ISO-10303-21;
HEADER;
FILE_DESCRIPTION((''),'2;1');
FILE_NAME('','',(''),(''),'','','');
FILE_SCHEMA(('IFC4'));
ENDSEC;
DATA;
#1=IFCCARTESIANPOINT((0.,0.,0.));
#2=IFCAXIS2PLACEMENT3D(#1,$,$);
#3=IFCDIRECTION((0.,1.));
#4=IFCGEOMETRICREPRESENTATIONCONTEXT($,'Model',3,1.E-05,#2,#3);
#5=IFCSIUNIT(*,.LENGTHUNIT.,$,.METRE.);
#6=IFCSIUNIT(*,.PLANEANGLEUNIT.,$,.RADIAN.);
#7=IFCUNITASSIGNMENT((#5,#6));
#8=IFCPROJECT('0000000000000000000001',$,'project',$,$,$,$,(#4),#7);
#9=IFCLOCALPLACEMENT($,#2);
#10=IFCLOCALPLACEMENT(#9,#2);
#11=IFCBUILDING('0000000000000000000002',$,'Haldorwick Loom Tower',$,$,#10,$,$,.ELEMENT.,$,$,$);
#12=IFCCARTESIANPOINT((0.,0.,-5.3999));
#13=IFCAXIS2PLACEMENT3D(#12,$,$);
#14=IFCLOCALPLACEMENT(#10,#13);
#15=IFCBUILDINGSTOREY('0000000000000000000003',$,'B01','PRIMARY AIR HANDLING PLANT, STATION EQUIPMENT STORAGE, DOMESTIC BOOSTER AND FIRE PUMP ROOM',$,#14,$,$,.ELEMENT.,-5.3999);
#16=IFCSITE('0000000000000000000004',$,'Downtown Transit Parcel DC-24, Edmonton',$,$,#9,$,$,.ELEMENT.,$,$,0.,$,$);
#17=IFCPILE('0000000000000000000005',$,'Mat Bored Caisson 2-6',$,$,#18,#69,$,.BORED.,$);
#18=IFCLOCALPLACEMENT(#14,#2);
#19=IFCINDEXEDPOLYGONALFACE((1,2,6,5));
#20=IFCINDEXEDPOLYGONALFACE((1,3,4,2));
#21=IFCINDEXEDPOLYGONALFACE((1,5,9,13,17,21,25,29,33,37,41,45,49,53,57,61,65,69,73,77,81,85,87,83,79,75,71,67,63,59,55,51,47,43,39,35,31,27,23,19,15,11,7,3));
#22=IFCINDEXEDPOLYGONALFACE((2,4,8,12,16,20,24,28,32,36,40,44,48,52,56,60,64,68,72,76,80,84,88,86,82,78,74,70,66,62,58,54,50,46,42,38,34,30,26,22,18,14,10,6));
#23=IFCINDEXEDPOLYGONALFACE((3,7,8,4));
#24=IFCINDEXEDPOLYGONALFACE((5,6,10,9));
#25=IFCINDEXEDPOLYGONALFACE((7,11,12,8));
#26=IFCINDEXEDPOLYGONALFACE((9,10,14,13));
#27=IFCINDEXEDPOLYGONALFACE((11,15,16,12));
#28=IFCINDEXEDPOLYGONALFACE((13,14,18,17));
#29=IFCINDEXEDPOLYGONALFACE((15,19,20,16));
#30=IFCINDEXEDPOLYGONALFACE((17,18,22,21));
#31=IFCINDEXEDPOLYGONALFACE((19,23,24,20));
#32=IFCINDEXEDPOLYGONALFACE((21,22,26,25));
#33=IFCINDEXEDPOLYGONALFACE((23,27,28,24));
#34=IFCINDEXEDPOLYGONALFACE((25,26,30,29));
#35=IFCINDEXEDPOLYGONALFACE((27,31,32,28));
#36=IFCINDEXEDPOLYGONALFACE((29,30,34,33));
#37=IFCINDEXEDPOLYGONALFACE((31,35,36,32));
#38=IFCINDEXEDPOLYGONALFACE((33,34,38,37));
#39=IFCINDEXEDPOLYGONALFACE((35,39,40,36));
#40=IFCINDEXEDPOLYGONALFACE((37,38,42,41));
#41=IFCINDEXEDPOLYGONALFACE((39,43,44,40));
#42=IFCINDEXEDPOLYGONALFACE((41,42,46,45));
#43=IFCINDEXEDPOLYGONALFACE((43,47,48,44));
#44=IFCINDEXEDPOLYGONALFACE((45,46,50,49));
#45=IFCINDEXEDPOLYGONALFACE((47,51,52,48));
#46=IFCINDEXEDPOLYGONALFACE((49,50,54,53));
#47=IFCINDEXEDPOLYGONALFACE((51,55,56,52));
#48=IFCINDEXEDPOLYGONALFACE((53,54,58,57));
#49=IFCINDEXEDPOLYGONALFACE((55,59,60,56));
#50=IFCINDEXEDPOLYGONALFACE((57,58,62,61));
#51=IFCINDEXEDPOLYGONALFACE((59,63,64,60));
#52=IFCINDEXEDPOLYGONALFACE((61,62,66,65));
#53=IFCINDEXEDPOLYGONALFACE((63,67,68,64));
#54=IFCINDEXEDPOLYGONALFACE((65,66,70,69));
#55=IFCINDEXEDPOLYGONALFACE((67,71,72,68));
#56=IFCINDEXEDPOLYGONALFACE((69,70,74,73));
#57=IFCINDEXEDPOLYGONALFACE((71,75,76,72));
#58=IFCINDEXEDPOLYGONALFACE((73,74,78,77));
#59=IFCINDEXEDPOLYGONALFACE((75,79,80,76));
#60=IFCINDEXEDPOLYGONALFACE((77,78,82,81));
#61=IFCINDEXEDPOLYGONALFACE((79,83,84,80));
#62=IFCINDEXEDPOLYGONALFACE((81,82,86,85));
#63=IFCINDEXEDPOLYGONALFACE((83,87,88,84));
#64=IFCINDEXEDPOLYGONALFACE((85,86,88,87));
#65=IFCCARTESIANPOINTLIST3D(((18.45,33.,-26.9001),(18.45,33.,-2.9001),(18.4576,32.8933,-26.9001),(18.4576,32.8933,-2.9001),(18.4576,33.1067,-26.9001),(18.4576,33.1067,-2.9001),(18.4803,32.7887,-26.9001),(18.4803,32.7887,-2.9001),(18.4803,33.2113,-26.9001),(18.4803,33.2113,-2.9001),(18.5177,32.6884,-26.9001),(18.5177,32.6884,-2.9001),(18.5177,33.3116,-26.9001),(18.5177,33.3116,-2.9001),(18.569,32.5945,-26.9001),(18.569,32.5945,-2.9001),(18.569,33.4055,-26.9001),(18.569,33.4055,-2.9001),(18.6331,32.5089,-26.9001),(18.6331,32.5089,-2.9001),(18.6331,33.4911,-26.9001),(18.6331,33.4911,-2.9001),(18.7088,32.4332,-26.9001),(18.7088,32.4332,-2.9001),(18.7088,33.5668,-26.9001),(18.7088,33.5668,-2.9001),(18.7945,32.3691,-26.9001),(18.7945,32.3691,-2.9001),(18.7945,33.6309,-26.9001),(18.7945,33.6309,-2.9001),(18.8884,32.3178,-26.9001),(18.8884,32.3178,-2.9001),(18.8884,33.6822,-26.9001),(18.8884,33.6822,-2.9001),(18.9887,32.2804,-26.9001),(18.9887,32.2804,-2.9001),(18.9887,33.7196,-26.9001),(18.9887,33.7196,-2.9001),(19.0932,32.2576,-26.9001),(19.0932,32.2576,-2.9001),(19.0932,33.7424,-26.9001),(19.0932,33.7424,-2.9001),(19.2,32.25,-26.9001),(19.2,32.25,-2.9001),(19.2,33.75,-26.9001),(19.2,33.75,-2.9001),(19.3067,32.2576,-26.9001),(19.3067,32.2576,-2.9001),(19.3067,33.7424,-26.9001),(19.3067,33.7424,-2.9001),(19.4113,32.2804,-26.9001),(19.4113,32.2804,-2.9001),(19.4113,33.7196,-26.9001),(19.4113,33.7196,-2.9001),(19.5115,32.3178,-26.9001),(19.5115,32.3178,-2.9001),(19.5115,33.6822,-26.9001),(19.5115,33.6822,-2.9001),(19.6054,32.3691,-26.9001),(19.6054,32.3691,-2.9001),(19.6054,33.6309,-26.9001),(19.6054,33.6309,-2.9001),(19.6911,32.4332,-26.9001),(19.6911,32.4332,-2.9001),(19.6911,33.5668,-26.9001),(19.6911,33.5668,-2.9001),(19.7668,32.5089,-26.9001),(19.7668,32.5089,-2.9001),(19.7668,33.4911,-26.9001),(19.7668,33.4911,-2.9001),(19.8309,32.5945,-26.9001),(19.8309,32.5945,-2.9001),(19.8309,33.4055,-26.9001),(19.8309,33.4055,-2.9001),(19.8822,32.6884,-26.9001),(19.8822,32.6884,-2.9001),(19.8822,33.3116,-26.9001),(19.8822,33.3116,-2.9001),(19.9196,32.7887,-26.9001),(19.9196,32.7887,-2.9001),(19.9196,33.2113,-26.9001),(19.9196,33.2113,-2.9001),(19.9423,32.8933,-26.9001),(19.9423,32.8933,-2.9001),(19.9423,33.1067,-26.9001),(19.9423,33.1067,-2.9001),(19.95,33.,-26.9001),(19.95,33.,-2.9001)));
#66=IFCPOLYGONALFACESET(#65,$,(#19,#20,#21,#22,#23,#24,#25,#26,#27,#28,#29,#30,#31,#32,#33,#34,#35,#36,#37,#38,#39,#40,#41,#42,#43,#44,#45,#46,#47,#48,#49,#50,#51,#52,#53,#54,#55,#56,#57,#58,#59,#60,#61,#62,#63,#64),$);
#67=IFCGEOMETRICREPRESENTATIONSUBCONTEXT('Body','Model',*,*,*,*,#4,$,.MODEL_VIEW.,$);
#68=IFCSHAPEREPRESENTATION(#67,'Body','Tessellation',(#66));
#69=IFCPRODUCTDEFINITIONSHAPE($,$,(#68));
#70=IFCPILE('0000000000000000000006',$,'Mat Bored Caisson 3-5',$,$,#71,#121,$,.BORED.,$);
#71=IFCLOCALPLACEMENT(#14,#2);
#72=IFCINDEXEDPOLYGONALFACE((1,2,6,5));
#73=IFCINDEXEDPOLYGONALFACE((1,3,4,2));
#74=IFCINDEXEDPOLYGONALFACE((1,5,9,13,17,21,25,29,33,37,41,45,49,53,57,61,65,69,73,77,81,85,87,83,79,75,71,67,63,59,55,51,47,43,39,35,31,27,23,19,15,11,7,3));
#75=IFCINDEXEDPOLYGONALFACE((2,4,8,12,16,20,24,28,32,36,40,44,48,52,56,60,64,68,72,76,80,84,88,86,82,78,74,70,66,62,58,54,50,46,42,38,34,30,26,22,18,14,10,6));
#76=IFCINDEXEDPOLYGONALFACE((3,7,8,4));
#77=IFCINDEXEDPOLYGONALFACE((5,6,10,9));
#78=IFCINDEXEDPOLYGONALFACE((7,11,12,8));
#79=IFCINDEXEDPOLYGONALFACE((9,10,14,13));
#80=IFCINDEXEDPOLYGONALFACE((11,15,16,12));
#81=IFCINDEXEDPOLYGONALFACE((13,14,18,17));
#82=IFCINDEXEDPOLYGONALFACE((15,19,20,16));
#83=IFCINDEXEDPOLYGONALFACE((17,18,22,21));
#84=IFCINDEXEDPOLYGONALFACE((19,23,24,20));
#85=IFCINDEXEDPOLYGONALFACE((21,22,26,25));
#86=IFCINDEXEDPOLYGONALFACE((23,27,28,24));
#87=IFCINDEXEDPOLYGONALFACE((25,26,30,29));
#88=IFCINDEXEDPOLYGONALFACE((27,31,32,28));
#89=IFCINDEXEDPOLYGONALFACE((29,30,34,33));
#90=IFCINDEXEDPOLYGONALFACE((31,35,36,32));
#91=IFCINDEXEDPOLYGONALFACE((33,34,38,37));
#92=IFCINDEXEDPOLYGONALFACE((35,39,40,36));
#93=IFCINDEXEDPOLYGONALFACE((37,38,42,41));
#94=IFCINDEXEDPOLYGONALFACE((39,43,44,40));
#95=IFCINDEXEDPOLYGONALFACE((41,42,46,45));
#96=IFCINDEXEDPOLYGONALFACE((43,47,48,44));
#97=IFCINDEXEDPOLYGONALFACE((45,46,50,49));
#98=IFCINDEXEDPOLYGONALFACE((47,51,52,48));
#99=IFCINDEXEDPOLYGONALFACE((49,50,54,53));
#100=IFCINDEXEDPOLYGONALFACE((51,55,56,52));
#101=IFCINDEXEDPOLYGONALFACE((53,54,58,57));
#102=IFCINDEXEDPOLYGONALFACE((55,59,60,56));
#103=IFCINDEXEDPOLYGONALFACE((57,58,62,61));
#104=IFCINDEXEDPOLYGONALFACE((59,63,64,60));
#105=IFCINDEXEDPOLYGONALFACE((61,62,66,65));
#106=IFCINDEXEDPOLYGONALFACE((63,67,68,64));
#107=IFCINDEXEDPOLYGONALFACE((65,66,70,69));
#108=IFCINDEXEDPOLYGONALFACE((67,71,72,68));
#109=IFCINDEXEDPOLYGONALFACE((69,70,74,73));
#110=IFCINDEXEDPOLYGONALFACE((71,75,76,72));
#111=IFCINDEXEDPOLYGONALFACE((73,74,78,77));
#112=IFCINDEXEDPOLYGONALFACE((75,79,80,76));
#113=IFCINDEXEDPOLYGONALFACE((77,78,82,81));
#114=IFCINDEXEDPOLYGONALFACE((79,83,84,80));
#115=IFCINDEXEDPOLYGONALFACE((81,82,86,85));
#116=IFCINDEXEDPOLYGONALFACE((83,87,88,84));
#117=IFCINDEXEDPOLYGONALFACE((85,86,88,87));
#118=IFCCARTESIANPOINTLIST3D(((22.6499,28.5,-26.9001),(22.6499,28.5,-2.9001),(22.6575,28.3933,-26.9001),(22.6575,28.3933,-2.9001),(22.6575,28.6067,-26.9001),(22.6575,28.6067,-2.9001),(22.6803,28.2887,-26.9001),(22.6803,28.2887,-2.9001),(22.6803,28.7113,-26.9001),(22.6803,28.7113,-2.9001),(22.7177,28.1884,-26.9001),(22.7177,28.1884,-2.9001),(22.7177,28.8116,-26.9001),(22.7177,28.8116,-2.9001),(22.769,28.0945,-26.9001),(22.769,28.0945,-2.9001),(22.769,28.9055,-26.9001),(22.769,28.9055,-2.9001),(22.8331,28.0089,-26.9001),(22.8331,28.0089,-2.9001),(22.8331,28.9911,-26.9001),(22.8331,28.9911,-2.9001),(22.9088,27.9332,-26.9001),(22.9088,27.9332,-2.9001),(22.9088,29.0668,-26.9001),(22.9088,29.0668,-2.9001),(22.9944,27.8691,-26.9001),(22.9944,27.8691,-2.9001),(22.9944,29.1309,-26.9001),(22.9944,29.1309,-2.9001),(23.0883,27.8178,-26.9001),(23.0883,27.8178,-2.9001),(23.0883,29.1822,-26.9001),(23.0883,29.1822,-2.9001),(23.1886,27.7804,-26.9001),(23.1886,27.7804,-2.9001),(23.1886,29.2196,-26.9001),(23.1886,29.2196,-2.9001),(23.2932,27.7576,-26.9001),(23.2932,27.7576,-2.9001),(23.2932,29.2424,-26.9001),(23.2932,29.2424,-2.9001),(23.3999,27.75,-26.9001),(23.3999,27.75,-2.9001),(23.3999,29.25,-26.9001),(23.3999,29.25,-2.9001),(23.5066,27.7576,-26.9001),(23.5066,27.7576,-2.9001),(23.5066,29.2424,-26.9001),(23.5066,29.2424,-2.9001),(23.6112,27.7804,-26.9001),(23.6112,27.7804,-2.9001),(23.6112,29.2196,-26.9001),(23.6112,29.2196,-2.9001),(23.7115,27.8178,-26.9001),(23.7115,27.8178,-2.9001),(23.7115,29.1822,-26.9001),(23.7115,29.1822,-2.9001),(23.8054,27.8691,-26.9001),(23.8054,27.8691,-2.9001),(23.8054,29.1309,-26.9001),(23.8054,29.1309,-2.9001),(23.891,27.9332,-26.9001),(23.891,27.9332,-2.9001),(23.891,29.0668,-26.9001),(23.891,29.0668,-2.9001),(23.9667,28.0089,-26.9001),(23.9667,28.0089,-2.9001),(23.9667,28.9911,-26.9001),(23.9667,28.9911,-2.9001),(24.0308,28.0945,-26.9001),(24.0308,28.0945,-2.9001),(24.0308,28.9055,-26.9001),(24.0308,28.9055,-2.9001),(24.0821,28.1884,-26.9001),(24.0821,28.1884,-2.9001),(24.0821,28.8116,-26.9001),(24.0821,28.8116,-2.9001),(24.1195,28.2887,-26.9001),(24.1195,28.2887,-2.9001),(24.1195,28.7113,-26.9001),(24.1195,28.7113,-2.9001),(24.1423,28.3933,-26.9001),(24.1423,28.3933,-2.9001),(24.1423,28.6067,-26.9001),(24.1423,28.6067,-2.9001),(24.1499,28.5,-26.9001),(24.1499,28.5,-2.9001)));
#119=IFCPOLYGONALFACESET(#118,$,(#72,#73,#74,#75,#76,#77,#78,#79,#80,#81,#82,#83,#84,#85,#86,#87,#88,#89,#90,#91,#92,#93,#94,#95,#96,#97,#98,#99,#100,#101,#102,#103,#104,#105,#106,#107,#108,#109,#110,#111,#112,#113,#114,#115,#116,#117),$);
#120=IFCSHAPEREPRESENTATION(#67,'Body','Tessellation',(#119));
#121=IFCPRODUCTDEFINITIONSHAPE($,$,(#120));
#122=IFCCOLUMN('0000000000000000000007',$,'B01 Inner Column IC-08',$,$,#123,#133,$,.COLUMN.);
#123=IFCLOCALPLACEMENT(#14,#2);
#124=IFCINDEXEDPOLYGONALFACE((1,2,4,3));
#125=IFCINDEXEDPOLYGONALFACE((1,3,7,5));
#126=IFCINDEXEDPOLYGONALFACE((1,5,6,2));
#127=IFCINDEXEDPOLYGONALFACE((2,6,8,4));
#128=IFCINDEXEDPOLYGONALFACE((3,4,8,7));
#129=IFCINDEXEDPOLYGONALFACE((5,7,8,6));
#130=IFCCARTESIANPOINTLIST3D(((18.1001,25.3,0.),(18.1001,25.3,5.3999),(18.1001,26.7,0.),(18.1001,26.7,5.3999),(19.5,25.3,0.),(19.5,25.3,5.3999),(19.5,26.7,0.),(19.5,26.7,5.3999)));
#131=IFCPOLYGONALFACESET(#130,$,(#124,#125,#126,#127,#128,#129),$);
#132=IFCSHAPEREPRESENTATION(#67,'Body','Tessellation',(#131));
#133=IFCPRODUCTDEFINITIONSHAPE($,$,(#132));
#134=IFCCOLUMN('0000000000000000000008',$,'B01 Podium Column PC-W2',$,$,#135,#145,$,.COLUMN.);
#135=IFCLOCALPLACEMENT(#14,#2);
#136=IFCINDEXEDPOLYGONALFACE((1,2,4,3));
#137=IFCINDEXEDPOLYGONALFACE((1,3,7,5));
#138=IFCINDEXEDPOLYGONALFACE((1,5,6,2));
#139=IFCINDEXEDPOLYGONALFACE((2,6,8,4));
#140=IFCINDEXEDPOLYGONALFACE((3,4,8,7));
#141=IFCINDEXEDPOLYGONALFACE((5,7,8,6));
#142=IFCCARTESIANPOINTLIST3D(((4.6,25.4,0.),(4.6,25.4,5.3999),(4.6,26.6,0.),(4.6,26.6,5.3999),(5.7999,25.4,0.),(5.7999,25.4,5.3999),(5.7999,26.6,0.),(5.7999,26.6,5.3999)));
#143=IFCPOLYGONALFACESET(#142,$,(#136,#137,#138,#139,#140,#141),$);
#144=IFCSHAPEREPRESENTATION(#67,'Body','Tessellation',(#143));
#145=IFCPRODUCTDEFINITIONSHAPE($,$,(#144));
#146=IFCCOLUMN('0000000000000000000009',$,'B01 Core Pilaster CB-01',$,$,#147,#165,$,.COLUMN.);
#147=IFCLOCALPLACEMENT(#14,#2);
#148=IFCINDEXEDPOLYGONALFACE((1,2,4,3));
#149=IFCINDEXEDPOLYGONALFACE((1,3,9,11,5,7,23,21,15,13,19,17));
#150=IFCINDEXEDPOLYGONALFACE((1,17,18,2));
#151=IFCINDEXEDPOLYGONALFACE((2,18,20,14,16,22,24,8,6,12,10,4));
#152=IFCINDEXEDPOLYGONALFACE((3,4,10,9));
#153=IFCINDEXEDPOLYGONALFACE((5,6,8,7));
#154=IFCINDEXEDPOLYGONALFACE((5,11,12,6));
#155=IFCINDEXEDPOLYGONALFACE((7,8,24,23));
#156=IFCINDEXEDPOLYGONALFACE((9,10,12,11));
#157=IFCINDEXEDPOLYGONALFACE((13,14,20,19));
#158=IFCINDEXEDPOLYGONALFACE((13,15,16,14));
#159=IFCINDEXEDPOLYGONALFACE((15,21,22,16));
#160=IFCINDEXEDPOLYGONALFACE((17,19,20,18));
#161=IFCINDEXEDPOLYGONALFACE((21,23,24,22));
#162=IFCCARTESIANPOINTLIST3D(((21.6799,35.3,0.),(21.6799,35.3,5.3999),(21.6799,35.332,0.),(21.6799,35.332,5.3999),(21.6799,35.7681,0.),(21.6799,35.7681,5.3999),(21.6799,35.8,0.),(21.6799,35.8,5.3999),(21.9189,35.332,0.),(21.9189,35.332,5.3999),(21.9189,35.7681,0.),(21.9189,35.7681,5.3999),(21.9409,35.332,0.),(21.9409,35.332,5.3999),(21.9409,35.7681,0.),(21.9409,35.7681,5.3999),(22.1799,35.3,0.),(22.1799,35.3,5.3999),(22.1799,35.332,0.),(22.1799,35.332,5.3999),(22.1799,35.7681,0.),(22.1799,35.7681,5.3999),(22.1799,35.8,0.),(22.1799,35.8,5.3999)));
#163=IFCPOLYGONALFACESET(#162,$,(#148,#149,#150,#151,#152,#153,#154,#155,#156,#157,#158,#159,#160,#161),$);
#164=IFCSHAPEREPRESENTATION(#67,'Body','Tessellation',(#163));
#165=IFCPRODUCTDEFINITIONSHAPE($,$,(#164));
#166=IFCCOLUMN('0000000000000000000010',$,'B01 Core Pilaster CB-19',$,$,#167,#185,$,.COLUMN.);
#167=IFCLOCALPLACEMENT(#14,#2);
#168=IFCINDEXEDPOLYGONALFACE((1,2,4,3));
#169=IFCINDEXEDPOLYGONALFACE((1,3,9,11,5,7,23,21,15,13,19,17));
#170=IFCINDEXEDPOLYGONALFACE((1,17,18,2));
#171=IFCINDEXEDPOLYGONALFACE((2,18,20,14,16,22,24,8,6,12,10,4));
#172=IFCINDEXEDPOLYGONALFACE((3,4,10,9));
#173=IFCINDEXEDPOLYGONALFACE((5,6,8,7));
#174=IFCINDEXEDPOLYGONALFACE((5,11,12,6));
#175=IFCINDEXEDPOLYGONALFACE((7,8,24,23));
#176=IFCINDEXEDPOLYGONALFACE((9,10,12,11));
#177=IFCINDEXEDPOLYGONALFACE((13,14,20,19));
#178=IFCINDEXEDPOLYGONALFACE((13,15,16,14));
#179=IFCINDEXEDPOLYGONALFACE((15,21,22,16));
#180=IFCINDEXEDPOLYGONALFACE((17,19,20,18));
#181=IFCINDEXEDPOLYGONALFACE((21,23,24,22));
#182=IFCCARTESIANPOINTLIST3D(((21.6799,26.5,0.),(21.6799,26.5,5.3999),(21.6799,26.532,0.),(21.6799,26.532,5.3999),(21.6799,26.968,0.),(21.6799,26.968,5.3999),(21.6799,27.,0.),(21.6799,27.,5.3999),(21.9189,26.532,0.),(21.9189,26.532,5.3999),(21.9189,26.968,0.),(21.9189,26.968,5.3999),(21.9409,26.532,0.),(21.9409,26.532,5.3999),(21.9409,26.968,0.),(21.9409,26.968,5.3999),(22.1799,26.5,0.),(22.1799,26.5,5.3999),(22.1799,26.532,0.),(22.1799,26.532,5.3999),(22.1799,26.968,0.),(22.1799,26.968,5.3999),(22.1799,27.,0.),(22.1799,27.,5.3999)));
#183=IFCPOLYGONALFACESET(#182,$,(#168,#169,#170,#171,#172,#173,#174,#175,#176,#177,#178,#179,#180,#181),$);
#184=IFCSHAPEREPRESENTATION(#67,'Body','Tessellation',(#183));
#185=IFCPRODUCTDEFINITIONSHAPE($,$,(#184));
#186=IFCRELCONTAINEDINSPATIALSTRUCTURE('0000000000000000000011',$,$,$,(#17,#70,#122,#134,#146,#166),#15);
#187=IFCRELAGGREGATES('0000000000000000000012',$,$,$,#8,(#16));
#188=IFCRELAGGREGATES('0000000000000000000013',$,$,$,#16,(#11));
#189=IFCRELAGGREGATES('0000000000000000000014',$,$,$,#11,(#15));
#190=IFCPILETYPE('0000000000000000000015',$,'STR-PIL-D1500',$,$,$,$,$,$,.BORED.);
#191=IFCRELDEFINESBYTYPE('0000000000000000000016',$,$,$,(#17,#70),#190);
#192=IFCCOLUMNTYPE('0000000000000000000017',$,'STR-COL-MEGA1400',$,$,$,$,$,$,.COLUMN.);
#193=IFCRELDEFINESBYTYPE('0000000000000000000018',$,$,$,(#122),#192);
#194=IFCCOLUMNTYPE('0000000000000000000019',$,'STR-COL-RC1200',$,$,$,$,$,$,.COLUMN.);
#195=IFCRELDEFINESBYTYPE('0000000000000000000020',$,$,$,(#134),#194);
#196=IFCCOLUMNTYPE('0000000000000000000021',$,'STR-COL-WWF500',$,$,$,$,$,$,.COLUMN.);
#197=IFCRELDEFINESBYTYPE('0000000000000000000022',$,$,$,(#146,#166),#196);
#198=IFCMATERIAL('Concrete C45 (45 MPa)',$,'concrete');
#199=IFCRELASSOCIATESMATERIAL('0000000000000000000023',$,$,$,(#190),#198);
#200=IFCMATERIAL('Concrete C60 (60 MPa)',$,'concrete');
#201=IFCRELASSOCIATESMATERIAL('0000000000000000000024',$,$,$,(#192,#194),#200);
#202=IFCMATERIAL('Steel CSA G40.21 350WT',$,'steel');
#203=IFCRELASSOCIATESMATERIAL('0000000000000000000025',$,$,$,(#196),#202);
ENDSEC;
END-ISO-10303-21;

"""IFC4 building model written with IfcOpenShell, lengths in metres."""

from ifc_helpers import new_model, si_unit, direction, frame, origin, origin_2d, place, context, subcontext, project, spatial, rectangle, circle, i_section, extrude, material, material_profile, profile_set, type_object, element, save


model = new_model("IFC4")

# Units and contexts
model_context = context("Model", 3, precision=1e-05, world=origin(), true_north=direction((0.0, 1.0)))
body_context = subcontext(model_context, "Body", "Model", "MODEL_VIEW")
ifc_project = project(units=[si_unit("LENGTHUNIT", "METRE"), si_unit("PLANEANGLEUNIT", "RADIAN")], contexts=[model_context])

# Site, building, storey
site_placement = place(None, origin())
site = spatial("IfcSite", under=ifc_project, at=site_placement, Name="Downtown Transit Parcel DC-24, Edmonton", CompositionType="ELEMENT", RefElevation=0.0)
building_placement = place(site_placement, origin())
building = spatial("IfcBuilding", under=site, at=building_placement, Name="Haldorwick Loom Tower", CompositionType="ELEMENT")
storey_placement = place(building_placement, frame((0.0, 0.0, -5.3999)))
storey = spatial("IfcBuildingStorey", under=building, at=storey_placement, Name="B01", Description="PRIMARY AIR HANDLING PLANT, STATION EQUIPMENT STORAGE, DOMESTIC BOOSTER AND FIRE PUMP ROOM", CompositionType="ELEMENT", Elevation=-5.3999)

# Shared definitions
ifc_material_1 = material(Name="Concrete C45 (45 MPa)", Category="concrete")

# Piles
ifc_material_profile_1 = material_profile(ifc_material_1, circle(Radius=0.75, at=origin_2d()), Name="CAISSON_D1500", Category="concrete")
ifc_profile_set_1 = profile_set([ifc_material_profile_1], Name="Concrete C45 (45 MPa)")
pile_type_1 = type_object("IfcPileType", Name="STR-PIL-D1500", PredefinedType="BORED", material=ifc_profile_set_1)
for number, where, z_axis, x_axis, name in (
    (1, (19.2, 33.0, -2.9001), (0.0, 0.0, -1.0), (1.0, 0.0, 0.0), "Mat Bored Caisson 2-6"),
    (2, (23.3999, 28.5, -2.9001), (0.0, 0.0, -1.0), (1.0, 0.0, 0.0), "Mat Bored Caisson 3-5"),
):
    element("IfcPile", number, at=place(storey_placement, frame(where, z_axis=z_axis, x_axis=x_axis)), inside=storey, type_object=pile_type_1, Name=name, PredefinedType="BORED", context=body_context, shape_type="SweptSolid", body=[
        extrude(circle(Radius=0.75, at=origin_2d()), origin(), (0.0, 0.0, 1.0), 24.0),
    ])

# Columns
ifc_material_2 = material(Name="Concrete C60 (60 MPa)", Category="concrete")
ifc_material_profile_2 = material_profile(ifc_material_2, rectangle(XDim=1.3999, YDim=1.3999, at=origin_2d()), Name="RC1400X1400", Category="concrete")
ifc_profile_set_2 = profile_set([ifc_material_profile_2], Name="Concrete C60 (60 MPa)")
column_type_1 = type_object("IfcColumnType", Name="STR-COL-MEGA1400", PredefinedType="COLUMN", material=ifc_profile_set_2)
column_1_placement = place(storey_placement, frame((18.8, 26.0, 0.0), z_axis=(0.0, 0.0, 1.0), x_axis=(1.0, 0.0, 0.0)))
element("IfcColumn", 3, at=column_1_placement, inside=storey, type_object=column_type_1, Name="B01 Inner Column IC-08", PredefinedType="COLUMN", context=body_context, shape_type="SweptSolid", body=[
    extrude(rectangle(XDim=1.3999, YDim=1.3999, at=origin_2d()), origin(), (0.0, 0.0, 1.0), 5.3999),
])
ifc_material_profile_3 = material_profile(ifc_material_2, rectangle(XDim=1.2, YDim=1.2, at=origin_2d()), Name="RC1200X1200", Category="concrete")
ifc_profile_set_3 = profile_set([ifc_material_profile_3], Name="Concrete C60 (60 MPa)")
column_type_2 = type_object("IfcColumnType", Name="STR-COL-RC1200", PredefinedType="COLUMN", material=ifc_profile_set_3)
column_2_placement = place(storey_placement, frame((5.2, 26.0, 0.0), z_axis=(0.0, 0.0, 1.0), x_axis=(1.0, 0.0, 0.0)))
element("IfcColumn", 4, at=column_2_placement, inside=storey, type_object=column_type_2, Name="B01 Podium Column PC-W2", PredefinedType="COLUMN", context=body_context, shape_type="SweptSolid", body=[
    extrude(rectangle(XDim=1.2, YDim=1.2, at=origin_2d()), origin(), (0.0, 0.0, 1.0), 5.3999),
])
ifc_material_3 = material(Name="Steel CSA G40.21 350WT", Category="steel")
ifc_material_profile_4 = material_profile(ifc_material_3, i_section(OverallWidth=0.5, OverallDepth=0.5, WebThickness=0.022, FlangeThickness=0.032, at=origin_2d()), Name="WWF500X500", Category="steel")
ifc_profile_set_4 = profile_set([ifc_material_profile_4], Name="Steel CSA G40.21 350WT")
column_type_3 = type_object("IfcColumnType", Name="STR-COL-WWF500", PredefinedType="COLUMN", material=ifc_profile_set_4)
for number, where, z_axis, x_axis, name in (
    (5, (21.9299, 35.55, 0.0), (0.0, 0.0, 1.0), (1.0, 0.0, 0.0), "B01 Core Pilaster CB-01"),
    (6, (21.9299, 26.75, 0.0), (0.0, 0.0, 1.0), (1.0, 0.0, 0.0), "B01 Core Pilaster CB-19"),
):
    element("IfcColumn", number, at=place(storey_placement, frame(where, z_axis=z_axis, x_axis=x_axis)), inside=storey, type_object=column_type_3, Name=name, PredefinedType="COLUMN", context=body_context, shape_type="SweptSolid", body=[
        extrude(i_section(OverallWidth=0.5, OverallDepth=0.5, WebThickness=0.022, FlangeThickness=0.032, at=origin_2d()), origin(), (0.0, 0.0, 1.0), 5.3999),
    ])

save(model, "model.ifc")
